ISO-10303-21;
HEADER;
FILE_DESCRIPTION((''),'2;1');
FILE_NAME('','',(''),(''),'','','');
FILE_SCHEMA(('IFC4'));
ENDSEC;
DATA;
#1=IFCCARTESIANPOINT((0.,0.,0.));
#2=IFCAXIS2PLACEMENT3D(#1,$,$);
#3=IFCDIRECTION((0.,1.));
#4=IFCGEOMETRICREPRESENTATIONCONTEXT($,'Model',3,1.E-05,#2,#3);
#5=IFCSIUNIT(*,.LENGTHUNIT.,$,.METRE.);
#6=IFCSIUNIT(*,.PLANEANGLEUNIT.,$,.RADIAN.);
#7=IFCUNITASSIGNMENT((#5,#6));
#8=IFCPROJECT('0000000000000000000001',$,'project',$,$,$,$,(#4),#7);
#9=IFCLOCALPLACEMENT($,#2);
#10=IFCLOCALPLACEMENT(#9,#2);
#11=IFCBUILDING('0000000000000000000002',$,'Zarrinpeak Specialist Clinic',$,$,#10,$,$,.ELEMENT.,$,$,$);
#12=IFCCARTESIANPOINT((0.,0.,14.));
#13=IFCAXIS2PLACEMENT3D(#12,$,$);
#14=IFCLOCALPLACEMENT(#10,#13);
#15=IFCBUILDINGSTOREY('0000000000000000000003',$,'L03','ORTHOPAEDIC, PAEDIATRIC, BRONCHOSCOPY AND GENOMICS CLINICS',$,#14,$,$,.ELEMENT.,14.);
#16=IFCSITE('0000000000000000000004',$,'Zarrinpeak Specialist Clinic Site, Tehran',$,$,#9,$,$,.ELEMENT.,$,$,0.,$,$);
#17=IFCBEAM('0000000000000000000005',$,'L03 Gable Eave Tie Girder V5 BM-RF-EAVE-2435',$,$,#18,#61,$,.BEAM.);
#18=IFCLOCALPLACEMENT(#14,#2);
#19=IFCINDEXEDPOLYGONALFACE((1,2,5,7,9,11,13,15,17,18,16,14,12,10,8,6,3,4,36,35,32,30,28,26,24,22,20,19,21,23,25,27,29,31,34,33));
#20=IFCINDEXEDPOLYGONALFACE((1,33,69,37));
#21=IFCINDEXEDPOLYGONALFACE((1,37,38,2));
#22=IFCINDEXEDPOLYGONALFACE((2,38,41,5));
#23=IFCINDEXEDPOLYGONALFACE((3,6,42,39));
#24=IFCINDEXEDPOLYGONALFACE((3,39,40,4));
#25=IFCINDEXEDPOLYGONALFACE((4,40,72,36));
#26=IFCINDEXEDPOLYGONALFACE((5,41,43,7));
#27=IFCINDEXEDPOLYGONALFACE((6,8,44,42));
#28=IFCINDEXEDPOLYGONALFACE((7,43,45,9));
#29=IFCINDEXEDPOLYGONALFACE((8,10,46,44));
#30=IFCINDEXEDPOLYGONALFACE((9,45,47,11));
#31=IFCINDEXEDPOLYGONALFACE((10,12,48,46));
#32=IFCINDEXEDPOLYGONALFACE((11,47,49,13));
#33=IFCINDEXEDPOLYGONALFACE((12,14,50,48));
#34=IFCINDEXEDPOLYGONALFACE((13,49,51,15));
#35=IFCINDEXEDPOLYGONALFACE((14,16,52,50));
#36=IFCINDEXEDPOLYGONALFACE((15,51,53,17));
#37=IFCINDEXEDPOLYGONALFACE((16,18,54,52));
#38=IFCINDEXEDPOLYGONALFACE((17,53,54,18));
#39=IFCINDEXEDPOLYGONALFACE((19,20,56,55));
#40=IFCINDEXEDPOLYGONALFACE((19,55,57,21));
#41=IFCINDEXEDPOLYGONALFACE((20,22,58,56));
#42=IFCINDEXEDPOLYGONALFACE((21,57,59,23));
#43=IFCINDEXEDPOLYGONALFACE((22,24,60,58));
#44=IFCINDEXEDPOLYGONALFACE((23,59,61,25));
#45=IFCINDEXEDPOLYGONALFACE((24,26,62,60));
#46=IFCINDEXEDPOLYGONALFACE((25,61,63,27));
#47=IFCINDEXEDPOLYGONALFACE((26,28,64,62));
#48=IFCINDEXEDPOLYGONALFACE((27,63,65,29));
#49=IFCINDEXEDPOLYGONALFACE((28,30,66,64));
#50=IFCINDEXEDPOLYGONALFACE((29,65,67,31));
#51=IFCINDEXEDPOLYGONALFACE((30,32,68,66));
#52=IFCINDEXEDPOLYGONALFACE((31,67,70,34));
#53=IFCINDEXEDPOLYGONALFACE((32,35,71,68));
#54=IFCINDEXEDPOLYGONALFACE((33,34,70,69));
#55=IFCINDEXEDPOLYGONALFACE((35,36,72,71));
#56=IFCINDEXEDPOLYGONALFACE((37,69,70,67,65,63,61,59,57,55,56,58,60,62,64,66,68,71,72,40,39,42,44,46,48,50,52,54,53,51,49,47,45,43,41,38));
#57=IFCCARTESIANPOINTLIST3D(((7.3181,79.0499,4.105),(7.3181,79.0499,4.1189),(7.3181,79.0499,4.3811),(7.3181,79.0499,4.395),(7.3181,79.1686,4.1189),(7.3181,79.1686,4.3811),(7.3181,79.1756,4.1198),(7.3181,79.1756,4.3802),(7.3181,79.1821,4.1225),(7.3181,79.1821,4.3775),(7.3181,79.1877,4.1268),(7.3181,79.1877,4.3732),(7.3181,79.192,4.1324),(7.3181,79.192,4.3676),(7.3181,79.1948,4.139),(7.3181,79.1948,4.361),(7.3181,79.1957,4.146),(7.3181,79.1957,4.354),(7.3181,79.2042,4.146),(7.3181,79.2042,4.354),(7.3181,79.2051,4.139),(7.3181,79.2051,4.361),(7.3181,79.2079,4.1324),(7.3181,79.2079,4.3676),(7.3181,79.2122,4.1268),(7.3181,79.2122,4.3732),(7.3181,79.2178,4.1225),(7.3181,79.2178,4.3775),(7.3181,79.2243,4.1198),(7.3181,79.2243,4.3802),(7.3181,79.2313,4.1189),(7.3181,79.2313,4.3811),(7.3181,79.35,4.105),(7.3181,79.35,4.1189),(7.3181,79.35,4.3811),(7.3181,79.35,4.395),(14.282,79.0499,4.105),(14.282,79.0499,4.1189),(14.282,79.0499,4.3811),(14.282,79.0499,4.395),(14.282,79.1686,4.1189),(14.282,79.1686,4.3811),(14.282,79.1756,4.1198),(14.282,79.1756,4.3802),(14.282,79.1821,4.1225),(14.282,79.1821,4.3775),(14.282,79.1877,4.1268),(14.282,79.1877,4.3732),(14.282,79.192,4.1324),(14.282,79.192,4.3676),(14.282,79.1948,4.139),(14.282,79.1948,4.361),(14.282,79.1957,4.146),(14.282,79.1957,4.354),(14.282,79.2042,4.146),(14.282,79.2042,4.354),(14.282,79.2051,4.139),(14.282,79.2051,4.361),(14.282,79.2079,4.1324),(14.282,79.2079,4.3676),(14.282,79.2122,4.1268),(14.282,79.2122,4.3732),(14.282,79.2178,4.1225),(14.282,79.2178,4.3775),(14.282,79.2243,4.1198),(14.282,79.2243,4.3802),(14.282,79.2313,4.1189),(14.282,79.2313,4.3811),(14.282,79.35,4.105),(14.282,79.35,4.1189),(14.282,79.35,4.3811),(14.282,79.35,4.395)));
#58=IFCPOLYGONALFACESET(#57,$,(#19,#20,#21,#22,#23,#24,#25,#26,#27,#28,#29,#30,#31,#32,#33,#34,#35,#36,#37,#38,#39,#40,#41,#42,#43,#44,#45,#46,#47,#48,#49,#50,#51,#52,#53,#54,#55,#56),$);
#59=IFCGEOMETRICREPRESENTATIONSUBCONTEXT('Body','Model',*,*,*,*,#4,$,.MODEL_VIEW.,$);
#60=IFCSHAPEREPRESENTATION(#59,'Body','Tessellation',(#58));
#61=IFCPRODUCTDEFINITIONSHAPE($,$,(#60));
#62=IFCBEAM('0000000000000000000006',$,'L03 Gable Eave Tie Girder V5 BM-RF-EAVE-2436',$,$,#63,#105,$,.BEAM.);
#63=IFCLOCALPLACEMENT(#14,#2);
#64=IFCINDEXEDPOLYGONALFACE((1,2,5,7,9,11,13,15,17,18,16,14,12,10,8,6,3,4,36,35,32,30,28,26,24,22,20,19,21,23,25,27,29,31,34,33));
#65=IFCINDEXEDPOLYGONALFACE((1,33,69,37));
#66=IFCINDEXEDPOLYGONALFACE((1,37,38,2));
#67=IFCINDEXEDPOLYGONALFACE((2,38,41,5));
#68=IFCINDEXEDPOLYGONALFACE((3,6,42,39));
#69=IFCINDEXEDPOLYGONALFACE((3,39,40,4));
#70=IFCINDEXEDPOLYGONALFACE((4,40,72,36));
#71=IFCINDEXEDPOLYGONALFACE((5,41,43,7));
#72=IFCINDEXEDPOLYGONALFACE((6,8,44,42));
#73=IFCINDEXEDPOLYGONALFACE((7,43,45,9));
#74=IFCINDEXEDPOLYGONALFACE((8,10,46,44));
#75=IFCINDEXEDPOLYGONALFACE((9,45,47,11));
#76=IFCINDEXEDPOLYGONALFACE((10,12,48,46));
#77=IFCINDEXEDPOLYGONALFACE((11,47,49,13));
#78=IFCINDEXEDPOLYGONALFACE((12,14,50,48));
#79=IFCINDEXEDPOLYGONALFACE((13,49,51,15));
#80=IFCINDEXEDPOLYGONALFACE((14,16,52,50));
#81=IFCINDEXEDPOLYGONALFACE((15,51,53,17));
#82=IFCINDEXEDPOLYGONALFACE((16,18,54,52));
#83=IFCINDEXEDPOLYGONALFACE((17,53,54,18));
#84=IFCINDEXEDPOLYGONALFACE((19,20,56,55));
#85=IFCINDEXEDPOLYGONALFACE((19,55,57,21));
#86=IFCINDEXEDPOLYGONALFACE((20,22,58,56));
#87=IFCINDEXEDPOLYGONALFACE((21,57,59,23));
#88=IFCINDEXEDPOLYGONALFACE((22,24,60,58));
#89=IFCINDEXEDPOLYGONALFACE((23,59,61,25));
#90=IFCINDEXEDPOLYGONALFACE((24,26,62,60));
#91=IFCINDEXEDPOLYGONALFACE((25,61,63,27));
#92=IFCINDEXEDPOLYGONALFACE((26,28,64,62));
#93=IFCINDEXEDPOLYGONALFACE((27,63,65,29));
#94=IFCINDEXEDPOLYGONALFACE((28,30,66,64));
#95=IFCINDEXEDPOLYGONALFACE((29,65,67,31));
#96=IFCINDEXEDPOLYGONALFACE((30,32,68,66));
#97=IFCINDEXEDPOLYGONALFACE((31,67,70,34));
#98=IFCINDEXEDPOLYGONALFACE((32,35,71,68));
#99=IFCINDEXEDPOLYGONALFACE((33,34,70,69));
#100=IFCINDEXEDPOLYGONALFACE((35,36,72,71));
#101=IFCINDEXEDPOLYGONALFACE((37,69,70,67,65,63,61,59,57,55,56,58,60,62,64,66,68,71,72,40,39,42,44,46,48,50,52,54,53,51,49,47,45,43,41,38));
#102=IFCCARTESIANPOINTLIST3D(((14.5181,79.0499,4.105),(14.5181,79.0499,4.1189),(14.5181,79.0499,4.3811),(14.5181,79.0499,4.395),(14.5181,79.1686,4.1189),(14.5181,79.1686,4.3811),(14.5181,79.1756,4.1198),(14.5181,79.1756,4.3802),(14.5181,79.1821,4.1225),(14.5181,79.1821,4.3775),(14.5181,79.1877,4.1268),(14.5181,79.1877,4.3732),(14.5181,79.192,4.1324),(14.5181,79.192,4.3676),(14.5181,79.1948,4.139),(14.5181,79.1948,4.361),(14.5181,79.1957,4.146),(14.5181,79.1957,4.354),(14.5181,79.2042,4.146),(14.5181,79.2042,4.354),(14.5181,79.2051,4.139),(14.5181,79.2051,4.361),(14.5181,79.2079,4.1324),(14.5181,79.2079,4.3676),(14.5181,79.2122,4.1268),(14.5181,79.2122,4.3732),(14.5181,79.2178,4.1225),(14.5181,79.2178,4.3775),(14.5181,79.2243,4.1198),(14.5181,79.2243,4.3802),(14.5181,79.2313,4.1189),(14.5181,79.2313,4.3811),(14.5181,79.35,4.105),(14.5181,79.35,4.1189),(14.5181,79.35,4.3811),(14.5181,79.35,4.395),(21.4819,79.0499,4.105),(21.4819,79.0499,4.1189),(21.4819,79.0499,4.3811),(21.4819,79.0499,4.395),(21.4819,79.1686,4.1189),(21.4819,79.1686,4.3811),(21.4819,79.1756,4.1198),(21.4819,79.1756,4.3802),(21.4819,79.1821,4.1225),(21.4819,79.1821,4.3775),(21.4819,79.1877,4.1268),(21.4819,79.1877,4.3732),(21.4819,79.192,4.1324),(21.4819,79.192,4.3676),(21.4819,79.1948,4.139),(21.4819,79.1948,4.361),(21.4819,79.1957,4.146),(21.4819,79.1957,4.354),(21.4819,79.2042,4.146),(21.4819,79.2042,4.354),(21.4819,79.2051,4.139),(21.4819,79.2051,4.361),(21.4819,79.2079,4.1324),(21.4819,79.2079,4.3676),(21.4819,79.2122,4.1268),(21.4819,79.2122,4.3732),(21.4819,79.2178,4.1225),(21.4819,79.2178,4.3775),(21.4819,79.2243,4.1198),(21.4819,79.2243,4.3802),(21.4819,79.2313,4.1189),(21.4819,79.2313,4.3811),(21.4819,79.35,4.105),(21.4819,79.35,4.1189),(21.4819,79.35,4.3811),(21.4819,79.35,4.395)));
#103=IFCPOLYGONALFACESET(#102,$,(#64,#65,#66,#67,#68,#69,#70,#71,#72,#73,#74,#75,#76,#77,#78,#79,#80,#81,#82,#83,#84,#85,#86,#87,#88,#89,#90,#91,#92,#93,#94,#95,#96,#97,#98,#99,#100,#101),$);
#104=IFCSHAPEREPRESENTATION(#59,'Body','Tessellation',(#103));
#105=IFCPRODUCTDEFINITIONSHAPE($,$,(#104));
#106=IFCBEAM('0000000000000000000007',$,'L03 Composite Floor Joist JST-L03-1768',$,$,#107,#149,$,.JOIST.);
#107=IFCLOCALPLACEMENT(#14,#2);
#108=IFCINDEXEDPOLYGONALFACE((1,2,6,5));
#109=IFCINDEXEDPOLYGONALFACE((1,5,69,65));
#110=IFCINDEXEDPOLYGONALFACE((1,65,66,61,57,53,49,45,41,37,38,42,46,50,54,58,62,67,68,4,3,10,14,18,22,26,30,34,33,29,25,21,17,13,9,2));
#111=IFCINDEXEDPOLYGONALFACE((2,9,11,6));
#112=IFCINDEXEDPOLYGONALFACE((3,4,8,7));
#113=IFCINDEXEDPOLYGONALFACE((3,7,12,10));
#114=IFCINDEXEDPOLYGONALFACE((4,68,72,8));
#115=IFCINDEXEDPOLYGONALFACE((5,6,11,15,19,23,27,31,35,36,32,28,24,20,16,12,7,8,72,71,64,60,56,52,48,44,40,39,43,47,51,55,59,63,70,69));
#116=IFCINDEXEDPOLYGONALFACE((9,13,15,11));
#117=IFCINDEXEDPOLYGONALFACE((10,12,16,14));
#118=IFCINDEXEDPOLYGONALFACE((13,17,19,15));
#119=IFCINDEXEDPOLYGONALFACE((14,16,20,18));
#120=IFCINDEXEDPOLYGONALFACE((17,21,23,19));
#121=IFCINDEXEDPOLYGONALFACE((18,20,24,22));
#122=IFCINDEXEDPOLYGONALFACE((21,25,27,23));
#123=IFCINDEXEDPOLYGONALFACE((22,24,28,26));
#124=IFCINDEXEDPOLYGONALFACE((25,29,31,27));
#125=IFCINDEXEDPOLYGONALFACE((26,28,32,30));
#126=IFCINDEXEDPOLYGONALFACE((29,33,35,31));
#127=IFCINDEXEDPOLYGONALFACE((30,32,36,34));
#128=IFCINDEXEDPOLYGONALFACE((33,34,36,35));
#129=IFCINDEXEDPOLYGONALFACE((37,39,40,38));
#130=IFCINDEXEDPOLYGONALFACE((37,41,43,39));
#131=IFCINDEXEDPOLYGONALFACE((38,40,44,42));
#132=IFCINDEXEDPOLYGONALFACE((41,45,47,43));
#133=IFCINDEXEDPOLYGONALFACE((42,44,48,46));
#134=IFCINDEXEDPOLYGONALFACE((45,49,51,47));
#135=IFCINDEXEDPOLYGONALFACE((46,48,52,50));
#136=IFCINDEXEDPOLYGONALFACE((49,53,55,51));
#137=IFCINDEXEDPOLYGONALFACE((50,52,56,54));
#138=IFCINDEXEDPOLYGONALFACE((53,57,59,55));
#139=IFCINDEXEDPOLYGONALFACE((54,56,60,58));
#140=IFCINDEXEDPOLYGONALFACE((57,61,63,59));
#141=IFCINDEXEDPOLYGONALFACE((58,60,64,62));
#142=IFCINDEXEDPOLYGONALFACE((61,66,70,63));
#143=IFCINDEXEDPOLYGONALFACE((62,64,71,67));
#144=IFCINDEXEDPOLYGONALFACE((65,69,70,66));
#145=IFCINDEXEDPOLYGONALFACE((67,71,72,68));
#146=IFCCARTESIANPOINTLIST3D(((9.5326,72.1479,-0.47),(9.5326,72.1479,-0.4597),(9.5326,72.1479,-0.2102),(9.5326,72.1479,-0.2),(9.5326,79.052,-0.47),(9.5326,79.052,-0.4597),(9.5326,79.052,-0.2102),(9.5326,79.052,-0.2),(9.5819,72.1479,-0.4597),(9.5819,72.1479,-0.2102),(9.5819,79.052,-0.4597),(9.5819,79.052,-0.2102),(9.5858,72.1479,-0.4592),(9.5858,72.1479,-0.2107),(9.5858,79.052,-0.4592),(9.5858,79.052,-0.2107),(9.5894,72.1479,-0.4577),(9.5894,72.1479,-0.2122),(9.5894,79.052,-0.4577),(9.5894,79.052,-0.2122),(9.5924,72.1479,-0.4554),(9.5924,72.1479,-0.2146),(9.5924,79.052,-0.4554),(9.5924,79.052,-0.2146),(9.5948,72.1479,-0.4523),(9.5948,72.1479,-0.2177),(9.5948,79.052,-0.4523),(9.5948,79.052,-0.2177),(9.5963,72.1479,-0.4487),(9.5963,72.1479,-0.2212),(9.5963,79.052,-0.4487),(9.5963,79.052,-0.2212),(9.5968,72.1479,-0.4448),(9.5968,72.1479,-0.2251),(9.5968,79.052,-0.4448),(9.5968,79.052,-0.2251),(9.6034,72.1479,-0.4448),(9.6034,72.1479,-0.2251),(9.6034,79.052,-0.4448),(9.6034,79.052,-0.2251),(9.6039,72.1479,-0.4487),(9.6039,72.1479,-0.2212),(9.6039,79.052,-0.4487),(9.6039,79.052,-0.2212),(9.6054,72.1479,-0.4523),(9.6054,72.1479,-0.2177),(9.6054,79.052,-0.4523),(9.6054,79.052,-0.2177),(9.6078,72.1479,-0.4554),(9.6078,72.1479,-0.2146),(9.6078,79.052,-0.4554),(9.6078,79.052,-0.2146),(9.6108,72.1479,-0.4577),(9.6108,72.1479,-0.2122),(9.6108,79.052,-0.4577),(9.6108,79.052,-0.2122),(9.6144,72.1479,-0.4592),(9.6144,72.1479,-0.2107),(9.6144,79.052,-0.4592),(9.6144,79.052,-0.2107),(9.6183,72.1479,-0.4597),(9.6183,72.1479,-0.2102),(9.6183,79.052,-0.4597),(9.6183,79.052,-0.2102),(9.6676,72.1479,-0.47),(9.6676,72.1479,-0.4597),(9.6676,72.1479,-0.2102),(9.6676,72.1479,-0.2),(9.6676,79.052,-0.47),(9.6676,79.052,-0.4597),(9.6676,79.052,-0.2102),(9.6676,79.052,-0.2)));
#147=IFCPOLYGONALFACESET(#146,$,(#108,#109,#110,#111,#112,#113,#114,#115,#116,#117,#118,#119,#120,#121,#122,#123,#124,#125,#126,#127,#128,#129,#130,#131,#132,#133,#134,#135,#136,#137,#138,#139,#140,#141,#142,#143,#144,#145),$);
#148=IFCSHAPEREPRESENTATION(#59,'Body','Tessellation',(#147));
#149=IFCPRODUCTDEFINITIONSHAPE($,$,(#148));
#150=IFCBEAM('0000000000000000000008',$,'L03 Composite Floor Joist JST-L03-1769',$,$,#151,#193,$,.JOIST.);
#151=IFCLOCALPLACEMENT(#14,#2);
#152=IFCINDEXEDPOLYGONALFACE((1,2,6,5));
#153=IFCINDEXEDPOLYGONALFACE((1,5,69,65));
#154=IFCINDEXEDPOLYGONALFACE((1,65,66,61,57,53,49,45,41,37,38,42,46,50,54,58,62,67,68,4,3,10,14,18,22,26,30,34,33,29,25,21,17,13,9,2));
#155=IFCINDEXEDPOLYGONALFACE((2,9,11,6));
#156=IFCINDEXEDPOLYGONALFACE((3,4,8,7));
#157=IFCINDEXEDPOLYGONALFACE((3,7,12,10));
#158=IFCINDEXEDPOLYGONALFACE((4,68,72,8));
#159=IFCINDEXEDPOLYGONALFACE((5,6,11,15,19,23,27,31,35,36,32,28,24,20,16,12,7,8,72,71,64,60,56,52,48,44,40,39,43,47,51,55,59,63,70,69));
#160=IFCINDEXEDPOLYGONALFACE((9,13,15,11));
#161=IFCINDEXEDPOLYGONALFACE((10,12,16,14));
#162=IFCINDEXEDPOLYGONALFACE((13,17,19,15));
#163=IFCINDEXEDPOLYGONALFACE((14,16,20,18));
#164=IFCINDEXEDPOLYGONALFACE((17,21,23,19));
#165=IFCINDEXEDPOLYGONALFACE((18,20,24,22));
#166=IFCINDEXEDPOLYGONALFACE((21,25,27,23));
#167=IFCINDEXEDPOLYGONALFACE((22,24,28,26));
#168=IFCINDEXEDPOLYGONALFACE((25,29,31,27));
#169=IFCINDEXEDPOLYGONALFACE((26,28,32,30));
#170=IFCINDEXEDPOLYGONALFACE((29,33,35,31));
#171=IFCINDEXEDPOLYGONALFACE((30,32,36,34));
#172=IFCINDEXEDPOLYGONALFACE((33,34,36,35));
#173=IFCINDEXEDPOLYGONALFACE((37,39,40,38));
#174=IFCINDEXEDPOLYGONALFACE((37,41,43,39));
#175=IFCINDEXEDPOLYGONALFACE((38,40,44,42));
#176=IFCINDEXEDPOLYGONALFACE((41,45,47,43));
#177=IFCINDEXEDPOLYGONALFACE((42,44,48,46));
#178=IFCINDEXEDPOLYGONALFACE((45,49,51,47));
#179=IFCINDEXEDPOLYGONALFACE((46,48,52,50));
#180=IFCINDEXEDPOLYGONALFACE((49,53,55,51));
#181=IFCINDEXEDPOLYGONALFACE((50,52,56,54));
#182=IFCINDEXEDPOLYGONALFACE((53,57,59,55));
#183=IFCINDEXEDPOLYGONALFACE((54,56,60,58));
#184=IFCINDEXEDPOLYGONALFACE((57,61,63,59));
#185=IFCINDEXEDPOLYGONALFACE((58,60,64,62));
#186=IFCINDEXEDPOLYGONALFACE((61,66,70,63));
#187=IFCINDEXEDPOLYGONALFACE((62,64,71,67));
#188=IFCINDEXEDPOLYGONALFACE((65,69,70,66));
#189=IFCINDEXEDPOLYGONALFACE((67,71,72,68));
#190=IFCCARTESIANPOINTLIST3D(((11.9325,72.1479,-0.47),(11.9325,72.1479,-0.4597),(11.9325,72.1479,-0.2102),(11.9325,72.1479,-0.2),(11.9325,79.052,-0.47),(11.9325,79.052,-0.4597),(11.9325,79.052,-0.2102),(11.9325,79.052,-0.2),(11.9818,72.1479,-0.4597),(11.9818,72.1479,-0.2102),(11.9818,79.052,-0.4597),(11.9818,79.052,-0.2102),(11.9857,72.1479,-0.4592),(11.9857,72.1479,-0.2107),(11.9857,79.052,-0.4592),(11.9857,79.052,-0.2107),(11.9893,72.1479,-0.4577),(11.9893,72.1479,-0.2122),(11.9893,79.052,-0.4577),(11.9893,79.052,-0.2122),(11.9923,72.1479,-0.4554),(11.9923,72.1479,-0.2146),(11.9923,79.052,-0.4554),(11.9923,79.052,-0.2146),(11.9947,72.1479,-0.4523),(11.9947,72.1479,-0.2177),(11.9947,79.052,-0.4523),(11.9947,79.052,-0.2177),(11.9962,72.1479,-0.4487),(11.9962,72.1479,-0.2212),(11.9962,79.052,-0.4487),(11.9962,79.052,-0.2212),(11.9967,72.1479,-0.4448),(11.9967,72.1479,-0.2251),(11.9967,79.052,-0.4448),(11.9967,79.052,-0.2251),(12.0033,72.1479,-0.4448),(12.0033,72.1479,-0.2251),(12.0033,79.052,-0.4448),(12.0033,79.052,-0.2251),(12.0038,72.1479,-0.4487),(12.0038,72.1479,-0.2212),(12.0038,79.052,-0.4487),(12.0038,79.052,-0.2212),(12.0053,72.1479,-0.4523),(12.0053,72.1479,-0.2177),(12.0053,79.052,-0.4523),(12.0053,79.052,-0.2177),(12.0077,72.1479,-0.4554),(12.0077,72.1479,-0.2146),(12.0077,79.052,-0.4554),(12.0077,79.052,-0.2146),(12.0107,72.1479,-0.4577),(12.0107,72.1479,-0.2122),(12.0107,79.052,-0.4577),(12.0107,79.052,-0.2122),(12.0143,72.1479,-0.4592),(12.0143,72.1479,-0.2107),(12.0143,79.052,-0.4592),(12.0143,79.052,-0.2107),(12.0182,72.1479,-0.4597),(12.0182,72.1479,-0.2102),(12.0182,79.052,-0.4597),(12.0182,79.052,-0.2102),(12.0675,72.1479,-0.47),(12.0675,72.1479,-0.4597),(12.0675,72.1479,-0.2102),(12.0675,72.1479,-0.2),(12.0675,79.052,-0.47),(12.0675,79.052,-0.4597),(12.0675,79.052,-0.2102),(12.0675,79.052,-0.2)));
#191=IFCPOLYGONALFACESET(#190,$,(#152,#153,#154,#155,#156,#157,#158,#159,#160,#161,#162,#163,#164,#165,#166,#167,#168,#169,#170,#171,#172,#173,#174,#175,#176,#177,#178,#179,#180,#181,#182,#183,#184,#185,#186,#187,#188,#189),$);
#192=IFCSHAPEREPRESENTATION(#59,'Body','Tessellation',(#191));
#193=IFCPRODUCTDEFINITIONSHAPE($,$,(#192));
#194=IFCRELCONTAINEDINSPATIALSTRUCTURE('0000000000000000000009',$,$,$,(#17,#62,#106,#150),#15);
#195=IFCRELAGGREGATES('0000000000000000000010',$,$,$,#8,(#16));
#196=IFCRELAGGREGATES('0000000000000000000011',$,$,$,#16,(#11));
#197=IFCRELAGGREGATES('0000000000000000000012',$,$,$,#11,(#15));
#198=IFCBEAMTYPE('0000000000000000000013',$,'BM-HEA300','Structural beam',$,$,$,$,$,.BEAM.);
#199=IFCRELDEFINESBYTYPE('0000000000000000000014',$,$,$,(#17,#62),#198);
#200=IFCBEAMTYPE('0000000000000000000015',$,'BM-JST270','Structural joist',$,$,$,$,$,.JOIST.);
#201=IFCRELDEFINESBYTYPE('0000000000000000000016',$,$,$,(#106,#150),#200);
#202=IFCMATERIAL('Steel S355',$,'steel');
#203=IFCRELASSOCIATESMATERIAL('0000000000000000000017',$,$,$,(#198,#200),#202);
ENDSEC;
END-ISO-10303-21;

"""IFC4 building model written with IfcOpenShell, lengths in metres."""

from ifc_helpers import new_model, si_unit, direction, frame, origin, origin_2d, place, context, subcontext, project, spatial, i_section, extrude, material, material_profile, profile_set, type_object, element, save


model = new_model("IFC4")

# Units and contexts
model_context = context("Model", 3, precision=1e-05, world=origin(), true_north=direction((0.0, 1.0)))
body_context = subcontext(model_context, "Body", "Model", "MODEL_VIEW")
ifc_project = project(units=[si_unit("LENGTHUNIT", "METRE"), si_unit("PLANEANGLEUNIT", "RADIAN")], contexts=[model_context])

# Site, building, storey
site_placement = place(None, origin())
site = spatial("IfcSite", under=ifc_project, at=site_placement, Name="Zarrinpeak Specialist Clinic Site, Tehran", CompositionType="ELEMENT", RefElevation=0.0)
building_placement = place(site_placement, origin())
building = spatial("IfcBuilding", under=site, at=building_placement, Name="Zarrinpeak Specialist Clinic", CompositionType="ELEMENT")
storey_placement = place(building_placement, frame((0.0, 0.0, 14.0)))
storey = spatial("IfcBuildingStorey", under=building, at=storey_placement, Name="L03", Description="ORTHOPAEDIC, PAEDIATRIC, BRONCHOSCOPY AND GENOMICS CLINICS", CompositionType="ELEMENT", Elevation=14.0)

# Shared definitions
ifc_material_1 = material(Name="Steel S355", Category="steel")

# Beams
ifc_material_profile_1 = material_profile(ifc_material_1, i_section(OverallWidth=0.3, OverallDepth=0.29, WebThickness=0.0085, FlangeThickness=0.0139, FilletRadius=0.0271, at=origin_2d()), Name="HEA 300")
ifc_profile_set_1 = profile_set([ifc_material_profile_1], Name="Steel S355")
beam_type_1 = type_object("IfcBeamType", Name="BM-HEA300", Description="Structural beam", PredefinedType="BEAM", material=ifc_profile_set_1)
for number, where, z_axis, x_axis, name in (
    (1, (7.3181, 79.2, 4.25), (1.0, 0.0, 0.0), (0.0, 1.0, 0.0), "L03 Gable Eave Tie Girder V5 BM-RF-EAVE-2435"),
    (2, (14.5181, 79.2, 4.25), (1.0, 0.0, 0.0), (0.0, 1.0, 0.0), "L03 Gable Eave Tie Girder V5 BM-RF-EAVE-2436"),
):
    element("IfcBeam", number, at=place(storey_placement, frame(where, z_axis=z_axis, x_axis=x_axis)), inside=storey, type_object=beam_type_1, Name=name, PredefinedType="BEAM", context=body_context, shape_type="SweptSolid", body=[
        extrude(i_section(OverallWidth=0.3, OverallDepth=0.29, WebThickness=0.0085, FlangeThickness=0.0139, FilletRadius=0.0271, at=origin_2d()), origin(), (0.0, 0.0, 1.0), 6.9639),
    ])
ifc_material_profile_2 = material_profile(ifc_material_1, i_section(OverallWidth=0.135, OverallDepth=0.27, WebThickness=0.0066, FlangeThickness=0.0103, FilletRadius=0.0149, at=origin_2d()), Name="IPE 270")
ifc_profile_set_2 = profile_set([ifc_material_profile_2], Name="Steel S355")
beam_type_2 = type_object("IfcBeamType", Name="BM-JST270", Description="Structural joist", PredefinedType="JOIST", material=ifc_profile_set_2)
for number, where, z_axis, x_axis, name in (
    (3, (9.6001, 72.1479, -0.335), (0.0, 1.0, 0.0), (-1.0, 0.0, 0.0), "L03 Composite Floor Joist JST-L03-1768"),
    (4, (12.0, 72.1479, -0.335), (0.0, 1.0, 0.0), (-1.0, 0.0, 0.0), "L03 Composite Floor Joist JST-L03-1769"),
):
    element("IfcBeam", number, at=place(storey_placement, frame(where, z_axis=z_axis, x_axis=x_axis)), inside=storey, type_object=beam_type_2, Name=name, PredefinedType="JOIST", context=body_context, shape_type="SweptSolid", body=[
        extrude(i_section(OverallWidth=0.135, OverallDepth=0.27, WebThickness=0.0066, FlangeThickness=0.0103, FilletRadius=0.0149, at=origin_2d()), origin(), (0.0, 0.0, 1.0), 6.9041),
    ])

save(model, "model.ifc")
